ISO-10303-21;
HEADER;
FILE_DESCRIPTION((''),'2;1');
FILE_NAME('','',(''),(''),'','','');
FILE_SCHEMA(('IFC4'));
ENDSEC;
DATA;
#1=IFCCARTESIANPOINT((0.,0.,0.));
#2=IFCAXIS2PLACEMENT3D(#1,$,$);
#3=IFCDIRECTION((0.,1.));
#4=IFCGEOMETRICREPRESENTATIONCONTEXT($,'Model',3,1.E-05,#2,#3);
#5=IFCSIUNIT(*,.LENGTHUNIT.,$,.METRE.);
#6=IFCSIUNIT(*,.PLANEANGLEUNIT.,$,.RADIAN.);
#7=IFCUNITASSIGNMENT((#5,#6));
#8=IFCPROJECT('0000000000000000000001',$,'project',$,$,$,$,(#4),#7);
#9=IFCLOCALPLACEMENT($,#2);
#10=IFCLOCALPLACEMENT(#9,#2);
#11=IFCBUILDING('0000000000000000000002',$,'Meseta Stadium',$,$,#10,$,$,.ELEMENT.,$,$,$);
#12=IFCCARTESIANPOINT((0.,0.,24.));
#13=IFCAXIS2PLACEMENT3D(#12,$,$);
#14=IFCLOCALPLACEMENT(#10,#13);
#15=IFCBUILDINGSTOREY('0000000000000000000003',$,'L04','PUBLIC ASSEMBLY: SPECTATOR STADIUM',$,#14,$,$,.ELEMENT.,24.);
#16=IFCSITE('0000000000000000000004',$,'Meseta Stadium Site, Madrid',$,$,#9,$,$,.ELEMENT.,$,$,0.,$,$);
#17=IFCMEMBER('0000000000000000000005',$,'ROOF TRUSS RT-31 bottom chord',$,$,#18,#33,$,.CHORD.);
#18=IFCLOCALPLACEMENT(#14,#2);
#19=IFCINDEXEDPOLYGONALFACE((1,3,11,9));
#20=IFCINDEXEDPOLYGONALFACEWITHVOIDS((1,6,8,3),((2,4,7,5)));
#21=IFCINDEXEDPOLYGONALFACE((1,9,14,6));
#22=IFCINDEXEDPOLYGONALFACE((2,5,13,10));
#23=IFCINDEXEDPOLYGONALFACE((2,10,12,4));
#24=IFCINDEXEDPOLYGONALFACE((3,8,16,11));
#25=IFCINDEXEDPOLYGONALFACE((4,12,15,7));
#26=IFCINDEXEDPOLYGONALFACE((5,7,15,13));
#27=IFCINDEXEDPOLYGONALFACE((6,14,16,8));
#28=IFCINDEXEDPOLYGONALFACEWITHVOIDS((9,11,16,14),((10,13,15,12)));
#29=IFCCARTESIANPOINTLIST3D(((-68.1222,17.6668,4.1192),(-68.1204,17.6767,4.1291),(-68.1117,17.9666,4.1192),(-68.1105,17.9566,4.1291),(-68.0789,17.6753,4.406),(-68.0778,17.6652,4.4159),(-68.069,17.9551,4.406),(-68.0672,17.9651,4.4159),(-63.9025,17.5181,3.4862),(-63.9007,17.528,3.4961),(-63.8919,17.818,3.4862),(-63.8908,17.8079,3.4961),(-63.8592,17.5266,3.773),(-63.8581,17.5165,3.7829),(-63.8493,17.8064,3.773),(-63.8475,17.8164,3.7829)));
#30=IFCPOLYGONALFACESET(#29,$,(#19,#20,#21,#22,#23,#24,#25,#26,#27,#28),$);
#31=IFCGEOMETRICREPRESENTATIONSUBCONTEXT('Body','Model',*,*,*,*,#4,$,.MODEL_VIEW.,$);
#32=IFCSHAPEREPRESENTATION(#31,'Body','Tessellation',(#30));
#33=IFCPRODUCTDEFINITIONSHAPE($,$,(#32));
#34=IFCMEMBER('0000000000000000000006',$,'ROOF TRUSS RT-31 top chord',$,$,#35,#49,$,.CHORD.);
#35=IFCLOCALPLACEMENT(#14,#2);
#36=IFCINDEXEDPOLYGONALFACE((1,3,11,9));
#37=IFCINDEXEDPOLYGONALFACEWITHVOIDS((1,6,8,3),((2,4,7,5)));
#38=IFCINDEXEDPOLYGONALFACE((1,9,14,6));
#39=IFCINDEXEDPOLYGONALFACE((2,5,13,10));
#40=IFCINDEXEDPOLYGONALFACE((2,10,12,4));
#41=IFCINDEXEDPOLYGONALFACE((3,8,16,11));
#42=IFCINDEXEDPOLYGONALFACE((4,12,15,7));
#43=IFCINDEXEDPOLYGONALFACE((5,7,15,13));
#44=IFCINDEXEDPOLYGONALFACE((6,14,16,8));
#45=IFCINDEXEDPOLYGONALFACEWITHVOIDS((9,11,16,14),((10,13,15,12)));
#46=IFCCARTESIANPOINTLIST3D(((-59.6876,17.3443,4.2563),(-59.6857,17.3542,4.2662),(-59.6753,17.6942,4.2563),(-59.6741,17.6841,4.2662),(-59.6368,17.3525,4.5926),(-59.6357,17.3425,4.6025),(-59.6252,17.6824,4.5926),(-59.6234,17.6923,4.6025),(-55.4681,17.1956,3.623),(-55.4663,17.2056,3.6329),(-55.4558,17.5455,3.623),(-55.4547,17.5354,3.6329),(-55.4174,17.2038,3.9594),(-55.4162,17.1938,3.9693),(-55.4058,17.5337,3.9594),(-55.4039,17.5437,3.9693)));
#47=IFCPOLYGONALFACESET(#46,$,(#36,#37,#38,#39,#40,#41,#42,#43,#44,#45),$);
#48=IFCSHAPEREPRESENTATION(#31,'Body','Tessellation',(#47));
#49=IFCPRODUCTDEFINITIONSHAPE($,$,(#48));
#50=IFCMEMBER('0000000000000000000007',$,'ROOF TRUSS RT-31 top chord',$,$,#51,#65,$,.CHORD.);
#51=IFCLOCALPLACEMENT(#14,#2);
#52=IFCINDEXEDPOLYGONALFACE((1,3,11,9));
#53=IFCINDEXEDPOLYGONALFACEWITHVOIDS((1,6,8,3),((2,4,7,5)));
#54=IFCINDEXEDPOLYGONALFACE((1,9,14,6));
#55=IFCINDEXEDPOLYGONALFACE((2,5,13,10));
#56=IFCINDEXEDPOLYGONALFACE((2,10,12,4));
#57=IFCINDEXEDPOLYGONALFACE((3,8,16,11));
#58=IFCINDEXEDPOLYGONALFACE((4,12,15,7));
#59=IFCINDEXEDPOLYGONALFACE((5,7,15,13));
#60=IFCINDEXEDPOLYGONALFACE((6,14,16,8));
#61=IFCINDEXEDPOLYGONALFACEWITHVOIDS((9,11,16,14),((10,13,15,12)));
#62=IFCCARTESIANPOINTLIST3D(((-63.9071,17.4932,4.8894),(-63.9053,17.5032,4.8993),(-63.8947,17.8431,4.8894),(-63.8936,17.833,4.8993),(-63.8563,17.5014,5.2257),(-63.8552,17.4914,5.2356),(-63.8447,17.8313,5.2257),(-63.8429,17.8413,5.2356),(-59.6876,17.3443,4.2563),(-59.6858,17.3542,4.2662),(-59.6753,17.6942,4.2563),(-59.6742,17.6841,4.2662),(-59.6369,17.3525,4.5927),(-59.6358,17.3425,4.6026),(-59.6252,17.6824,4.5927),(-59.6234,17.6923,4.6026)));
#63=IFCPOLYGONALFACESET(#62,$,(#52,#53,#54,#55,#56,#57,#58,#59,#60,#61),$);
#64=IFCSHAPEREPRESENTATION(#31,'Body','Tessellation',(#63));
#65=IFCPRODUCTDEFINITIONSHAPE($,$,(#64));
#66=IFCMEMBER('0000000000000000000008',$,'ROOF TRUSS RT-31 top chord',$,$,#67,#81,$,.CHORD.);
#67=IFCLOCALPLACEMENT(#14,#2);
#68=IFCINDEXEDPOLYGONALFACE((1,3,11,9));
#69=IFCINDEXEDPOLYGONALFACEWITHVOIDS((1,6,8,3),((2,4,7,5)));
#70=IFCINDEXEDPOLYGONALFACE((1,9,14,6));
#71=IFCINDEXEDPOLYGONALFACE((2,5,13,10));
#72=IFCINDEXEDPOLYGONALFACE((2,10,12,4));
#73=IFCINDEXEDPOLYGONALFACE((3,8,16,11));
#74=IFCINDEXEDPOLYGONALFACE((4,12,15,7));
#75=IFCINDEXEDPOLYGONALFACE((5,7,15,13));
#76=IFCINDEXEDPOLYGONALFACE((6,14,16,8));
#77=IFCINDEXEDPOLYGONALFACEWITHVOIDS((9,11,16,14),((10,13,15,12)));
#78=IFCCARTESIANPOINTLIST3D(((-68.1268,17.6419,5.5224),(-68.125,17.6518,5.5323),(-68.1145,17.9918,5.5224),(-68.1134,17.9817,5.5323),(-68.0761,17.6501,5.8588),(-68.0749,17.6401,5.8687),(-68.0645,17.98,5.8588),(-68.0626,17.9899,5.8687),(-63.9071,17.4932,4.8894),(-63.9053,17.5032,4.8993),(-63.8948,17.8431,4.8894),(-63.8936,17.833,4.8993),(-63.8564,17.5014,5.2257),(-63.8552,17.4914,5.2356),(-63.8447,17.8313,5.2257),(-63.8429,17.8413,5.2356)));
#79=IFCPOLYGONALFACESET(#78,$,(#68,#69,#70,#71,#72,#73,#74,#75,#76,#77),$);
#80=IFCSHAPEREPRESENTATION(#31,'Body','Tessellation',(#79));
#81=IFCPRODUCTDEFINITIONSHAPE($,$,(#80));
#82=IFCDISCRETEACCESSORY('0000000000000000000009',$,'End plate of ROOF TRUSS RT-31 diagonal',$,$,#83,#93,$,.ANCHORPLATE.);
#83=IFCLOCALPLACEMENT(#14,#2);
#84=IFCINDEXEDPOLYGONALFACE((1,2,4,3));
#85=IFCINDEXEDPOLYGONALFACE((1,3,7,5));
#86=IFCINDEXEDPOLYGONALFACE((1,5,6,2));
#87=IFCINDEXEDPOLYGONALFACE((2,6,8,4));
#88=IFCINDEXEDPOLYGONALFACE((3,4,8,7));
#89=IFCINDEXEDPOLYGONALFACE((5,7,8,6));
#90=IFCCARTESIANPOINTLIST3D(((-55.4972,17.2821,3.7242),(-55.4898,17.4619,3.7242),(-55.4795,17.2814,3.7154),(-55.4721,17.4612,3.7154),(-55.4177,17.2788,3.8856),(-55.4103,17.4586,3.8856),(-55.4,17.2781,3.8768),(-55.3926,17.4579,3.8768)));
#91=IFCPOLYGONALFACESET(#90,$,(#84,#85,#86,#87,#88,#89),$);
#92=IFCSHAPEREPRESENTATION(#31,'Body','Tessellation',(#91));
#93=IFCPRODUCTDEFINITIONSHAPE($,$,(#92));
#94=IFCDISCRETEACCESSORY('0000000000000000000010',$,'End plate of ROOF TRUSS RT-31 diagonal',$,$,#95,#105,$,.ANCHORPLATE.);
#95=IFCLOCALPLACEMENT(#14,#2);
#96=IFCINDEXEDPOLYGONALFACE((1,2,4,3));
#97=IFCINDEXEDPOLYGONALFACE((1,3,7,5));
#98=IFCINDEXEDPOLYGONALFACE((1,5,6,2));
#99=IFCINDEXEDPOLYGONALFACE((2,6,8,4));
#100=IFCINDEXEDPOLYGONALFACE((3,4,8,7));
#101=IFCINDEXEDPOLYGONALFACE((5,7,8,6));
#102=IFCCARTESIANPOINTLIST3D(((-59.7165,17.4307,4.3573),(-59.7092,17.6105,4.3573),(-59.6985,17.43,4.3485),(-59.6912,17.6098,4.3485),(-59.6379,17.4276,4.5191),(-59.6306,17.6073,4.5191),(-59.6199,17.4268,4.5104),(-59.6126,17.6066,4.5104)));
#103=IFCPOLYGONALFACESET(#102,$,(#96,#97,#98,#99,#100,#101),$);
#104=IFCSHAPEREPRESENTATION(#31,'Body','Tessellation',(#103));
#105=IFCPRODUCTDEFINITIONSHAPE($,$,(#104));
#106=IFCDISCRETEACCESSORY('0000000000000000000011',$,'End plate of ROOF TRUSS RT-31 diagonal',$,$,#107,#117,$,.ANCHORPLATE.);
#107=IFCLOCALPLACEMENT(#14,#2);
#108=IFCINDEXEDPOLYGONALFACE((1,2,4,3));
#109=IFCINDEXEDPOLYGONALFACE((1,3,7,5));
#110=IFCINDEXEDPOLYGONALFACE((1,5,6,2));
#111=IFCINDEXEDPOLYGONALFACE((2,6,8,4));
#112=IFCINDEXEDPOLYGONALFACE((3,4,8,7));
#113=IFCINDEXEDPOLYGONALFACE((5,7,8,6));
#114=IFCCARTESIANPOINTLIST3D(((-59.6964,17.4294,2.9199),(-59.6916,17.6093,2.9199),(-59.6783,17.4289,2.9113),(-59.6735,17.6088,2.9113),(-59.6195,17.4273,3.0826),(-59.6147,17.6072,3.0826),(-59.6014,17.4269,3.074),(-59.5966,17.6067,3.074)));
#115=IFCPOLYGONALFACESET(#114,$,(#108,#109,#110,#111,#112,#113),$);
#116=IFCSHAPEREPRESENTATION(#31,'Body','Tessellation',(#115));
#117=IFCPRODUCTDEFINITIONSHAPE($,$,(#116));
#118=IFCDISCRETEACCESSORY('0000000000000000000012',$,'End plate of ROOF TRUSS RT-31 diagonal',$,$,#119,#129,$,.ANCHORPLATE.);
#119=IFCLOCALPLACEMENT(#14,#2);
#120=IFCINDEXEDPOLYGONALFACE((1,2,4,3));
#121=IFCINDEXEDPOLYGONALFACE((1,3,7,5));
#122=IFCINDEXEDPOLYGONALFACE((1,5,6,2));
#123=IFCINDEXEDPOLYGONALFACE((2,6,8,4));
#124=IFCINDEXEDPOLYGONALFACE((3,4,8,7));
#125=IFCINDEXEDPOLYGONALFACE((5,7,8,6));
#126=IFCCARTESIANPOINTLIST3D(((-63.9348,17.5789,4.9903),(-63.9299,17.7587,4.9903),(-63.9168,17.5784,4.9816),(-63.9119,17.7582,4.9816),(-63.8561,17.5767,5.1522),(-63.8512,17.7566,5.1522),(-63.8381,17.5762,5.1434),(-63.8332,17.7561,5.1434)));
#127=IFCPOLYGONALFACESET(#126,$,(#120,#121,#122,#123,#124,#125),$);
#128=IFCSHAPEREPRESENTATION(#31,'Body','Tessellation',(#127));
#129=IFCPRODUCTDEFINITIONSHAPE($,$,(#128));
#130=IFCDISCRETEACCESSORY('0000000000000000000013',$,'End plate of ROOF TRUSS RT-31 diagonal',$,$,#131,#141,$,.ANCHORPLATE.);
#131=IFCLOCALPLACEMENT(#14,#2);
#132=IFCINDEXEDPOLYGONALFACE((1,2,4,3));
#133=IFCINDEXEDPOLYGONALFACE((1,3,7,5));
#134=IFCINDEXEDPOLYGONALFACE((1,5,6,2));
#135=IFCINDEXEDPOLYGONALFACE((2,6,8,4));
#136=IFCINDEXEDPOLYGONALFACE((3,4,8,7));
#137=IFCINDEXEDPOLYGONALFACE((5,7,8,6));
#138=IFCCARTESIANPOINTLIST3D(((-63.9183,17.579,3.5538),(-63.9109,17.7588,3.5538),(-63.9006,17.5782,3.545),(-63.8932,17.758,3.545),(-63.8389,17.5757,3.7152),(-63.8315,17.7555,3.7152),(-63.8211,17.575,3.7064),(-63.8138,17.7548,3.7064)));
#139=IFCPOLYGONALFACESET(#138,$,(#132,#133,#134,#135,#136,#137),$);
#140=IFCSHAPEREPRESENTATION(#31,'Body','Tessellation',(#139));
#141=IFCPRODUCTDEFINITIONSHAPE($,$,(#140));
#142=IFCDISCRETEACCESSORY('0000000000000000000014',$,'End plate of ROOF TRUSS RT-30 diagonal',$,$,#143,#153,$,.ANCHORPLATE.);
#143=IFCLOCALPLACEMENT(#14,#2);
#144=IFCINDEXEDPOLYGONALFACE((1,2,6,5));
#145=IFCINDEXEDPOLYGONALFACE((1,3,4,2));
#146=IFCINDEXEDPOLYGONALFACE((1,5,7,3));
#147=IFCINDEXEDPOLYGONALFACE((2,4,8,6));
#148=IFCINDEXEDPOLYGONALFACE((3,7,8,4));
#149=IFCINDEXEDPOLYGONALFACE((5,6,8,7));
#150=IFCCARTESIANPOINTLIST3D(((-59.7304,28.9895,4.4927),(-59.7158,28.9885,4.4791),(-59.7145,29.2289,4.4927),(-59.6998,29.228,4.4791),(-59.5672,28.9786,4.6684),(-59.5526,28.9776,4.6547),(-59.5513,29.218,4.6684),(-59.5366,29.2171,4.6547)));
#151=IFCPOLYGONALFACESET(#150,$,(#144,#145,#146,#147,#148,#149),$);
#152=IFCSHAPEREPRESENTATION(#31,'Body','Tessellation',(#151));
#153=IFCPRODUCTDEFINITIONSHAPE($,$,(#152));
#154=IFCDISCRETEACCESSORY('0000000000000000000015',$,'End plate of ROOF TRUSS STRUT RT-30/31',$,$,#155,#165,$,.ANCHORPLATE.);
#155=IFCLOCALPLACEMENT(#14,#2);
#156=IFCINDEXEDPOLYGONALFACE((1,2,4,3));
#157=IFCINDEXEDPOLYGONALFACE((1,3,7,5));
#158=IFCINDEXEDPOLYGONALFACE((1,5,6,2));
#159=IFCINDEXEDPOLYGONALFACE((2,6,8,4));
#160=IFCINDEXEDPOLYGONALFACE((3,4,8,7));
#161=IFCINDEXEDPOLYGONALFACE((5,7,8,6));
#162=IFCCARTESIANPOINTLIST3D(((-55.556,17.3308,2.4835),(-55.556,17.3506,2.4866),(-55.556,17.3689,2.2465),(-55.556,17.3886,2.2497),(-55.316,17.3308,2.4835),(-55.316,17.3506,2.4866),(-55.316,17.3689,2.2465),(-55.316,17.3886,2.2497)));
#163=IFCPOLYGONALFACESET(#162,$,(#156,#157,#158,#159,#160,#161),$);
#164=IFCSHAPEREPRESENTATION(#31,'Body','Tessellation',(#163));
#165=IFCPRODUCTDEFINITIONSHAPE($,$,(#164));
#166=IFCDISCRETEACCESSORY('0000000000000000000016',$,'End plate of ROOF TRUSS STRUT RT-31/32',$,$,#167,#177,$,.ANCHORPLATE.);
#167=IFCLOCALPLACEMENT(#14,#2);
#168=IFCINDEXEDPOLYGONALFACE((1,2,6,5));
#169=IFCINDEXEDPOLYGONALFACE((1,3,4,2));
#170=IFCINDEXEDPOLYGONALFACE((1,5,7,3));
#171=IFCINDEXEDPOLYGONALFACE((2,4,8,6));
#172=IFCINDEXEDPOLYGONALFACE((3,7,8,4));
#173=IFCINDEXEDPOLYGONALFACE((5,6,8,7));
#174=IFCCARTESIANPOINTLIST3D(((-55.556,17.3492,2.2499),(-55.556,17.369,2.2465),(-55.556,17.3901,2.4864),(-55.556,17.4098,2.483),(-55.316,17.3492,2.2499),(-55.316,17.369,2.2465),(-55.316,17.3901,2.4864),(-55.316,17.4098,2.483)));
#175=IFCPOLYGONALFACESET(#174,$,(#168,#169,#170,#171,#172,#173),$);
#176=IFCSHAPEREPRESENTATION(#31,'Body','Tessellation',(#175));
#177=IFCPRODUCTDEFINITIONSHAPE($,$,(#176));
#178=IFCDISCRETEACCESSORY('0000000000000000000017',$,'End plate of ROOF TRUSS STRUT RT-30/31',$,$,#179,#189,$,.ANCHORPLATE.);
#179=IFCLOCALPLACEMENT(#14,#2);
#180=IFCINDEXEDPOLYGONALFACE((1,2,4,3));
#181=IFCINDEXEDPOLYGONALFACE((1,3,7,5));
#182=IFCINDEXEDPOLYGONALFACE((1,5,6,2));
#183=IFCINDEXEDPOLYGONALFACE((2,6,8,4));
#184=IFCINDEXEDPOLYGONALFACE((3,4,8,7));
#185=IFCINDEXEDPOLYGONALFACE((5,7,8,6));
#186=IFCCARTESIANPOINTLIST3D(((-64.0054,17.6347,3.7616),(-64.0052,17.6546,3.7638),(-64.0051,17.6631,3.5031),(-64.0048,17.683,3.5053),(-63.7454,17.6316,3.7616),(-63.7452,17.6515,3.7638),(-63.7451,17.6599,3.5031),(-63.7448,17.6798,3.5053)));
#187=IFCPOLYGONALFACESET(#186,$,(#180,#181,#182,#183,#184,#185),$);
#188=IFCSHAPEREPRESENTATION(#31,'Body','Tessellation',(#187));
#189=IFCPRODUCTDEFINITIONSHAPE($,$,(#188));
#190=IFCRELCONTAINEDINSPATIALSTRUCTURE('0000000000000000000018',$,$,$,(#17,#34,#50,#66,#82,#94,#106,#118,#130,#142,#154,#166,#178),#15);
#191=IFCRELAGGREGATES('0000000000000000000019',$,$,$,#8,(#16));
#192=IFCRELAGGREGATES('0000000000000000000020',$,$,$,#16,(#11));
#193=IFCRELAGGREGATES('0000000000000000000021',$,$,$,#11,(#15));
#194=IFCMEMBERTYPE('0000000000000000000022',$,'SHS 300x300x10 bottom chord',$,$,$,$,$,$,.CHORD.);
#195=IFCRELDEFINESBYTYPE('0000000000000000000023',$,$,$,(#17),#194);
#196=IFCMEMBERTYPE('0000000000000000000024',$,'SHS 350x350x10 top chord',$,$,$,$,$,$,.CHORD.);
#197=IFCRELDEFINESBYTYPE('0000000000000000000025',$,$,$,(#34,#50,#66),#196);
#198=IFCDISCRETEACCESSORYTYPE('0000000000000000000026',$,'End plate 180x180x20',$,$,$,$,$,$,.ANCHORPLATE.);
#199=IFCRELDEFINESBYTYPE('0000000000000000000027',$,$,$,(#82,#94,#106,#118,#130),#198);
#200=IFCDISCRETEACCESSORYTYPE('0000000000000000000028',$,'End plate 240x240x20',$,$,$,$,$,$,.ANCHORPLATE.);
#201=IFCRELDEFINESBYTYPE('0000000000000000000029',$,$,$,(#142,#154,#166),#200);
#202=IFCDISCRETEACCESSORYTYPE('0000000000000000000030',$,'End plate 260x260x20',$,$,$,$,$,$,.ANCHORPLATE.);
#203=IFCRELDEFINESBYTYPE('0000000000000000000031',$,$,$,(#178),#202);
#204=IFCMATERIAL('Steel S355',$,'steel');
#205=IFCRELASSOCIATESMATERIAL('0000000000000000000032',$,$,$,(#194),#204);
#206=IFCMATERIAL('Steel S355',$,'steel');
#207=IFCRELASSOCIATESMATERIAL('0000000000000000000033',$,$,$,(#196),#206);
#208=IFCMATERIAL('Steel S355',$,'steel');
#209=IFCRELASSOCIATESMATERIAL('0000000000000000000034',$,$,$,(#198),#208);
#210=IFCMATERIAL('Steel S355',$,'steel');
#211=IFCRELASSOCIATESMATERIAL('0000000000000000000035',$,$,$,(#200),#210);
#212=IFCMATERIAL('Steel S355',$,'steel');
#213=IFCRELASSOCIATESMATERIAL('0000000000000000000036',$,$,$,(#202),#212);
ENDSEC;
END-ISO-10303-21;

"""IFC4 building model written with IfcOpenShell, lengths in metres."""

from ifc_helpers import new_model, si_unit, direction, frame, origin, origin_2d, place, context, subcontext, project, spatial, rectangle, hollow_rectangle, extrude, material, material_profile, profile_set, type_object, element, save


model = new_model("IFC4")

# Units and contexts
model_context = context("Model", 3, precision=1e-05, world=origin(), true_north=direction((0.0, 1.0)))
body_context = subcontext(model_context, "Body", "Model", "MODEL_VIEW")
ifc_project = project(units=[si_unit("LENGTHUNIT", "METRE"), si_unit("PLANEANGLEUNIT", "RADIAN")], contexts=[model_context])

# Site, building, storey
site_placement = place(None, origin())
site = spatial("IfcSite", under=ifc_project, at=site_placement, Name="Meseta Stadium Site, Madrid", CompositionType="ELEMENT", RefElevation=0.0)
building_placement = place(site_placement, origin())
building = spatial("IfcBuilding", under=site, at=building_placement, Name="Meseta Stadium", CompositionType="ELEMENT")
storey_placement = place(building_placement, frame((0.0, 0.0, 24.0)))
storey = spatial("IfcBuildingStorey", under=building, at=storey_placement, Name="L04", Description="PUBLIC ASSEMBLY: SPECTATOR STADIUM", CompositionType="ELEMENT", Elevation=24.0)

# Members
ifc_material_1 = material(Name="Steel S355", Category="steel")
ifc_material_profile_1 = material_profile(ifc_material_1, hollow_rectangle(XDim=0.3, YDim=0.3, WallThickness=0.01, at=origin_2d()), Name="SHS 300x300x10")
ifc_profile_set_1 = profile_set([ifc_material_profile_1], Name="Steel S355")
member_type_1 = type_object("IfcMemberType", Name="SHS 300x300x10 bottom chord", PredefinedType="CHORD", material=ifc_profile_set_1)
member_1_placement = place(storey_placement, frame((-63.875, 17.6672, 3.6345), z_axis=(-0.988333, 0.034824, 0.148273), x_axis=(-0.035213, -0.99938, 0.0)))
element("IfcMember", 1, at=member_1_placement, inside=storey, type_object=member_type_1, Name="ROOF TRUSS RT-31 bottom chord", PredefinedType="CHORD", context=body_context, shape_type="SweptSolid", body=[
    extrude(hollow_rectangle(XDim=0.3, YDim=0.3, WallThickness=0.01, at=origin_2d()), origin(), (0.0, 0.0, 1.0), 4.2695),
])
ifc_material_2 = material(Name="Steel S355", Category="steel")
ifc_material_profile_2 = material_profile(ifc_material_2, hollow_rectangle(XDim=0.3501, YDim=0.3501, WallThickness=0.01, at=origin_2d()), Name="SHS 350x350x10")
ifc_profile_set_2 = profile_set([ifc_material_profile_2], Name="Steel S355")
member_type_2 = type_object("IfcMemberType", Name="SHS 350x350x10 top chord", PredefinedType="CHORD", material=ifc_profile_set_2)
for number, where, z_axis, x_axis, name in (
    (2, (-55.436, 17.3696, 3.7961), (-0.988323, 0.034825, 0.148337), (-0.035215, -0.99938, 0.0), "ROOF TRUSS RT-31 top chord"),
    (3, (-59.6555, 17.5183, 4.4294), (-0.98833, 0.034883, 0.148281), (-0.035273, -0.999378, 0.0), "ROOF TRUSS RT-31 top chord"),
):
    element("IfcMember", number, at=place(storey_placement, frame(where, z_axis=z_axis, x_axis=x_axis)), inside=storey, type_object=member_type_2, Name=name, PredefinedType="CHORD", context=body_context, shape_type="SweptSolid", body=[
        extrude(hollow_rectangle(XDim=0.3501, YDim=0.3501, WallThickness=0.01, at=origin_2d()), origin(), (0.0, 0.0, 1.0), 4.2693),
    ])
member_2_placement = place(storey_placement, frame((-63.875, 17.6672, 5.0625), z_axis=(-0.988333, 0.034824, 0.148273), x_axis=(-0.035213, -0.99938, 0.0)))
element("IfcMember", 4, at=member_2_placement, inside=storey, type_object=member_type_2, Name="ROOF TRUSS RT-31 top chord", PredefinedType="CHORD", context=body_context, shape_type="SweptSolid", body=[
    extrude(hollow_rectangle(XDim=0.3501, YDim=0.3501, WallThickness=0.01, at=origin_2d()), origin(), (0.0, 0.0, 1.0), 4.2695),
])

# Discrete accessories
ifc_material_3 = material(Name="Steel S355", Category="steel")
ifc_material_profile_3 = material_profile(ifc_material_3, rectangle(XDim=0.1799, YDim=0.1799, at=origin_2d()), Name="PL 180x180")
ifc_profile_set_3 = profile_set([ifc_material_profile_3], Name="Steel S355")
discrete_accessory_type_1 = type_object("IfcDiscreteAccessoryType", Name="End plate 180x180x20", PredefinedType="ANCHORPLATE", material=ifc_profile_set_3)
discrete_accessory_1_placement = place(storey_placement, frame((-55.436, 17.3696, 3.7961), z_axis=(-0.896262, 0.036833, 0.441992), x_axis=(-0.041061, -0.999157, 0.0)))
element("IfcDiscreteAccessory", 5, at=discrete_accessory_1_placement, inside=storey, type_object=discrete_accessory_type_1, Name="End plate of ROOF TRUSS RT-31 diagonal", PredefinedType="ANCHORPLATE", context=body_context, shape_type="SweptSolid", body=[
    extrude(rectangle(XDim=0.1799, YDim=0.1799, at=origin_2d()), origin(), (0.0, 0.0, 1.0), 0.0198),
])
for number, where, z_axis, x_axis, name in (
    (6, (-59.6555, 17.5183, 4.4294), (-0.898638, 0.036431, 0.437175), (-0.040507, -0.999179, 0.0), "End plate of ROOF TRUSS RT-31 diagonal"),
    (7, (-59.6375, 17.5178, 2.9927), (-0.903717, 0.024425, 0.427434), (-0.027017, -0.999635, 0.0), "End plate of ROOF TRUSS RT-31 diagonal"),
    (8, (-63.875, 17.6672, 5.0625), (-0.89897, 0.024296, 0.437337), (-0.027017, -0.999635, 0.0), "End plate of ROOF TRUSS RT-31 diagonal"),
):
    element("IfcDiscreteAccessory", number, at=place(storey_placement, frame(where, z_axis=z_axis, x_axis=x_axis)), inside=storey, type_object=discrete_accessory_type_1, Name=name, PredefinedType="ANCHORPLATE", context=body_context, shape_type="SweptSolid", body=[
        extrude(rectangle(XDim=0.1799, YDim=0.1799, at=origin_2d()), origin(), (0.0, 0.0, 1.0), 0.02),
    ])
discrete_accessory_2_placement = place(storey_placement, frame((-63.8572, 17.6665, 3.6257), z_axis=(-0.896262, 0.036833, 0.441992), x_axis=(-0.041061, -0.999157, 0.0)))
element("IfcDiscreteAccessory", 9, at=discrete_accessory_2_placement, inside=storey, type_object=discrete_accessory_type_1, Name="End plate of ROOF TRUSS RT-31 diagonal", PredefinedType="ANCHORPLATE", context=body_context, shape_type="SweptSolid", body=[
    extrude(rectangle(XDim=0.1799, YDim=0.1799, at=origin_2d()), origin(), (0.0, 0.0, 1.0), 0.0198),
])
ifc_material_4 = material(Name="Steel S355", Category="steel")
ifc_material_profile_4 = material_profile(ifc_material_4, rectangle(XDim=0.24, YDim=0.24, at=origin_2d()), Name="PL 240x240")
ifc_profile_set_4 = profile_set([ifc_material_profile_4], Name="Steel S355")
discrete_accessory_type_2 = type_object("IfcDiscreteAccessoryType", Name="End plate 240x240x20", PredefinedType="ANCHORPLATE", material=ifc_profile_set_4)
for number, where, z_axis, x_axis, name in (
    (10, (-59.6262, 29.1028, 4.5669), (-0.730189, 0.048679, 0.681509), (-0.066519, -0.997785, 0.0), "End plate of ROOF TRUSS RT-30 diagonal"),
    (11, (-55.436, 17.3696, 2.3682), (0.0, -0.987364, -0.158466), (1.0, 0.0, 0.0), "End plate of ROOF TRUSS STRUT RT-30/31"),
    (12, (-55.436, 17.3894, 2.3647), (0.0, -0.98539, 0.170314), (1.0, 0.0, 0.0), "End plate of ROOF TRUSS STRUT RT-31/32"),
):
    element("IfcDiscreteAccessory", number, at=place(storey_placement, frame(where, z_axis=z_axis, x_axis=x_axis)), inside=storey, type_object=discrete_accessory_type_2, Name=name, PredefinedType="ANCHORPLATE", context=body_context, shape_type="SweptSolid", body=[
        extrude(rectangle(XDim=0.24, YDim=0.24, at=origin_2d()), origin(), (0.0, 0.0, 1.0), 0.02),
    ])
ifc_material_5 = material(Name="Steel S355", Category="steel")
ifc_material_profile_5 = material_profile(ifc_material_5, rectangle(XDim=0.26, YDim=0.26, at=origin_2d()), Name="PL 260x260")
ifc_profile_set_5 = profile_set([ifc_material_profile_5], Name="Steel S355")
discrete_accessory_type_3 = type_object("IfcDiscreteAccessoryType", Name="End plate 260x260x20", PredefinedType="ANCHORPLATE", material=ifc_profile_set_5)
for number, where, z_axis, x_axis, name in (
    (13, (-63.875, 17.6672, 3.6345), (-0.012121, -0.993958, -0.109093), (0.999926, -0.012194, 0.0), "End plate of ROOF TRUSS STRUT RT-30/31"),
):
    element("IfcDiscreteAccessory", number, at=place(storey_placement, frame(where, z_axis=z_axis, x_axis=x_axis)), inside=storey, type_object=discrete_accessory_type_3, Name=name, PredefinedType="ANCHORPLATE", context=body_context, shape_type="SweptSolid", body=[
        extrude(rectangle(XDim=0.26, YDim=0.26, at=origin_2d()), origin(), (0.0, 0.0, 1.0), 0.02),
    ])

save(model, "model.ifc")
